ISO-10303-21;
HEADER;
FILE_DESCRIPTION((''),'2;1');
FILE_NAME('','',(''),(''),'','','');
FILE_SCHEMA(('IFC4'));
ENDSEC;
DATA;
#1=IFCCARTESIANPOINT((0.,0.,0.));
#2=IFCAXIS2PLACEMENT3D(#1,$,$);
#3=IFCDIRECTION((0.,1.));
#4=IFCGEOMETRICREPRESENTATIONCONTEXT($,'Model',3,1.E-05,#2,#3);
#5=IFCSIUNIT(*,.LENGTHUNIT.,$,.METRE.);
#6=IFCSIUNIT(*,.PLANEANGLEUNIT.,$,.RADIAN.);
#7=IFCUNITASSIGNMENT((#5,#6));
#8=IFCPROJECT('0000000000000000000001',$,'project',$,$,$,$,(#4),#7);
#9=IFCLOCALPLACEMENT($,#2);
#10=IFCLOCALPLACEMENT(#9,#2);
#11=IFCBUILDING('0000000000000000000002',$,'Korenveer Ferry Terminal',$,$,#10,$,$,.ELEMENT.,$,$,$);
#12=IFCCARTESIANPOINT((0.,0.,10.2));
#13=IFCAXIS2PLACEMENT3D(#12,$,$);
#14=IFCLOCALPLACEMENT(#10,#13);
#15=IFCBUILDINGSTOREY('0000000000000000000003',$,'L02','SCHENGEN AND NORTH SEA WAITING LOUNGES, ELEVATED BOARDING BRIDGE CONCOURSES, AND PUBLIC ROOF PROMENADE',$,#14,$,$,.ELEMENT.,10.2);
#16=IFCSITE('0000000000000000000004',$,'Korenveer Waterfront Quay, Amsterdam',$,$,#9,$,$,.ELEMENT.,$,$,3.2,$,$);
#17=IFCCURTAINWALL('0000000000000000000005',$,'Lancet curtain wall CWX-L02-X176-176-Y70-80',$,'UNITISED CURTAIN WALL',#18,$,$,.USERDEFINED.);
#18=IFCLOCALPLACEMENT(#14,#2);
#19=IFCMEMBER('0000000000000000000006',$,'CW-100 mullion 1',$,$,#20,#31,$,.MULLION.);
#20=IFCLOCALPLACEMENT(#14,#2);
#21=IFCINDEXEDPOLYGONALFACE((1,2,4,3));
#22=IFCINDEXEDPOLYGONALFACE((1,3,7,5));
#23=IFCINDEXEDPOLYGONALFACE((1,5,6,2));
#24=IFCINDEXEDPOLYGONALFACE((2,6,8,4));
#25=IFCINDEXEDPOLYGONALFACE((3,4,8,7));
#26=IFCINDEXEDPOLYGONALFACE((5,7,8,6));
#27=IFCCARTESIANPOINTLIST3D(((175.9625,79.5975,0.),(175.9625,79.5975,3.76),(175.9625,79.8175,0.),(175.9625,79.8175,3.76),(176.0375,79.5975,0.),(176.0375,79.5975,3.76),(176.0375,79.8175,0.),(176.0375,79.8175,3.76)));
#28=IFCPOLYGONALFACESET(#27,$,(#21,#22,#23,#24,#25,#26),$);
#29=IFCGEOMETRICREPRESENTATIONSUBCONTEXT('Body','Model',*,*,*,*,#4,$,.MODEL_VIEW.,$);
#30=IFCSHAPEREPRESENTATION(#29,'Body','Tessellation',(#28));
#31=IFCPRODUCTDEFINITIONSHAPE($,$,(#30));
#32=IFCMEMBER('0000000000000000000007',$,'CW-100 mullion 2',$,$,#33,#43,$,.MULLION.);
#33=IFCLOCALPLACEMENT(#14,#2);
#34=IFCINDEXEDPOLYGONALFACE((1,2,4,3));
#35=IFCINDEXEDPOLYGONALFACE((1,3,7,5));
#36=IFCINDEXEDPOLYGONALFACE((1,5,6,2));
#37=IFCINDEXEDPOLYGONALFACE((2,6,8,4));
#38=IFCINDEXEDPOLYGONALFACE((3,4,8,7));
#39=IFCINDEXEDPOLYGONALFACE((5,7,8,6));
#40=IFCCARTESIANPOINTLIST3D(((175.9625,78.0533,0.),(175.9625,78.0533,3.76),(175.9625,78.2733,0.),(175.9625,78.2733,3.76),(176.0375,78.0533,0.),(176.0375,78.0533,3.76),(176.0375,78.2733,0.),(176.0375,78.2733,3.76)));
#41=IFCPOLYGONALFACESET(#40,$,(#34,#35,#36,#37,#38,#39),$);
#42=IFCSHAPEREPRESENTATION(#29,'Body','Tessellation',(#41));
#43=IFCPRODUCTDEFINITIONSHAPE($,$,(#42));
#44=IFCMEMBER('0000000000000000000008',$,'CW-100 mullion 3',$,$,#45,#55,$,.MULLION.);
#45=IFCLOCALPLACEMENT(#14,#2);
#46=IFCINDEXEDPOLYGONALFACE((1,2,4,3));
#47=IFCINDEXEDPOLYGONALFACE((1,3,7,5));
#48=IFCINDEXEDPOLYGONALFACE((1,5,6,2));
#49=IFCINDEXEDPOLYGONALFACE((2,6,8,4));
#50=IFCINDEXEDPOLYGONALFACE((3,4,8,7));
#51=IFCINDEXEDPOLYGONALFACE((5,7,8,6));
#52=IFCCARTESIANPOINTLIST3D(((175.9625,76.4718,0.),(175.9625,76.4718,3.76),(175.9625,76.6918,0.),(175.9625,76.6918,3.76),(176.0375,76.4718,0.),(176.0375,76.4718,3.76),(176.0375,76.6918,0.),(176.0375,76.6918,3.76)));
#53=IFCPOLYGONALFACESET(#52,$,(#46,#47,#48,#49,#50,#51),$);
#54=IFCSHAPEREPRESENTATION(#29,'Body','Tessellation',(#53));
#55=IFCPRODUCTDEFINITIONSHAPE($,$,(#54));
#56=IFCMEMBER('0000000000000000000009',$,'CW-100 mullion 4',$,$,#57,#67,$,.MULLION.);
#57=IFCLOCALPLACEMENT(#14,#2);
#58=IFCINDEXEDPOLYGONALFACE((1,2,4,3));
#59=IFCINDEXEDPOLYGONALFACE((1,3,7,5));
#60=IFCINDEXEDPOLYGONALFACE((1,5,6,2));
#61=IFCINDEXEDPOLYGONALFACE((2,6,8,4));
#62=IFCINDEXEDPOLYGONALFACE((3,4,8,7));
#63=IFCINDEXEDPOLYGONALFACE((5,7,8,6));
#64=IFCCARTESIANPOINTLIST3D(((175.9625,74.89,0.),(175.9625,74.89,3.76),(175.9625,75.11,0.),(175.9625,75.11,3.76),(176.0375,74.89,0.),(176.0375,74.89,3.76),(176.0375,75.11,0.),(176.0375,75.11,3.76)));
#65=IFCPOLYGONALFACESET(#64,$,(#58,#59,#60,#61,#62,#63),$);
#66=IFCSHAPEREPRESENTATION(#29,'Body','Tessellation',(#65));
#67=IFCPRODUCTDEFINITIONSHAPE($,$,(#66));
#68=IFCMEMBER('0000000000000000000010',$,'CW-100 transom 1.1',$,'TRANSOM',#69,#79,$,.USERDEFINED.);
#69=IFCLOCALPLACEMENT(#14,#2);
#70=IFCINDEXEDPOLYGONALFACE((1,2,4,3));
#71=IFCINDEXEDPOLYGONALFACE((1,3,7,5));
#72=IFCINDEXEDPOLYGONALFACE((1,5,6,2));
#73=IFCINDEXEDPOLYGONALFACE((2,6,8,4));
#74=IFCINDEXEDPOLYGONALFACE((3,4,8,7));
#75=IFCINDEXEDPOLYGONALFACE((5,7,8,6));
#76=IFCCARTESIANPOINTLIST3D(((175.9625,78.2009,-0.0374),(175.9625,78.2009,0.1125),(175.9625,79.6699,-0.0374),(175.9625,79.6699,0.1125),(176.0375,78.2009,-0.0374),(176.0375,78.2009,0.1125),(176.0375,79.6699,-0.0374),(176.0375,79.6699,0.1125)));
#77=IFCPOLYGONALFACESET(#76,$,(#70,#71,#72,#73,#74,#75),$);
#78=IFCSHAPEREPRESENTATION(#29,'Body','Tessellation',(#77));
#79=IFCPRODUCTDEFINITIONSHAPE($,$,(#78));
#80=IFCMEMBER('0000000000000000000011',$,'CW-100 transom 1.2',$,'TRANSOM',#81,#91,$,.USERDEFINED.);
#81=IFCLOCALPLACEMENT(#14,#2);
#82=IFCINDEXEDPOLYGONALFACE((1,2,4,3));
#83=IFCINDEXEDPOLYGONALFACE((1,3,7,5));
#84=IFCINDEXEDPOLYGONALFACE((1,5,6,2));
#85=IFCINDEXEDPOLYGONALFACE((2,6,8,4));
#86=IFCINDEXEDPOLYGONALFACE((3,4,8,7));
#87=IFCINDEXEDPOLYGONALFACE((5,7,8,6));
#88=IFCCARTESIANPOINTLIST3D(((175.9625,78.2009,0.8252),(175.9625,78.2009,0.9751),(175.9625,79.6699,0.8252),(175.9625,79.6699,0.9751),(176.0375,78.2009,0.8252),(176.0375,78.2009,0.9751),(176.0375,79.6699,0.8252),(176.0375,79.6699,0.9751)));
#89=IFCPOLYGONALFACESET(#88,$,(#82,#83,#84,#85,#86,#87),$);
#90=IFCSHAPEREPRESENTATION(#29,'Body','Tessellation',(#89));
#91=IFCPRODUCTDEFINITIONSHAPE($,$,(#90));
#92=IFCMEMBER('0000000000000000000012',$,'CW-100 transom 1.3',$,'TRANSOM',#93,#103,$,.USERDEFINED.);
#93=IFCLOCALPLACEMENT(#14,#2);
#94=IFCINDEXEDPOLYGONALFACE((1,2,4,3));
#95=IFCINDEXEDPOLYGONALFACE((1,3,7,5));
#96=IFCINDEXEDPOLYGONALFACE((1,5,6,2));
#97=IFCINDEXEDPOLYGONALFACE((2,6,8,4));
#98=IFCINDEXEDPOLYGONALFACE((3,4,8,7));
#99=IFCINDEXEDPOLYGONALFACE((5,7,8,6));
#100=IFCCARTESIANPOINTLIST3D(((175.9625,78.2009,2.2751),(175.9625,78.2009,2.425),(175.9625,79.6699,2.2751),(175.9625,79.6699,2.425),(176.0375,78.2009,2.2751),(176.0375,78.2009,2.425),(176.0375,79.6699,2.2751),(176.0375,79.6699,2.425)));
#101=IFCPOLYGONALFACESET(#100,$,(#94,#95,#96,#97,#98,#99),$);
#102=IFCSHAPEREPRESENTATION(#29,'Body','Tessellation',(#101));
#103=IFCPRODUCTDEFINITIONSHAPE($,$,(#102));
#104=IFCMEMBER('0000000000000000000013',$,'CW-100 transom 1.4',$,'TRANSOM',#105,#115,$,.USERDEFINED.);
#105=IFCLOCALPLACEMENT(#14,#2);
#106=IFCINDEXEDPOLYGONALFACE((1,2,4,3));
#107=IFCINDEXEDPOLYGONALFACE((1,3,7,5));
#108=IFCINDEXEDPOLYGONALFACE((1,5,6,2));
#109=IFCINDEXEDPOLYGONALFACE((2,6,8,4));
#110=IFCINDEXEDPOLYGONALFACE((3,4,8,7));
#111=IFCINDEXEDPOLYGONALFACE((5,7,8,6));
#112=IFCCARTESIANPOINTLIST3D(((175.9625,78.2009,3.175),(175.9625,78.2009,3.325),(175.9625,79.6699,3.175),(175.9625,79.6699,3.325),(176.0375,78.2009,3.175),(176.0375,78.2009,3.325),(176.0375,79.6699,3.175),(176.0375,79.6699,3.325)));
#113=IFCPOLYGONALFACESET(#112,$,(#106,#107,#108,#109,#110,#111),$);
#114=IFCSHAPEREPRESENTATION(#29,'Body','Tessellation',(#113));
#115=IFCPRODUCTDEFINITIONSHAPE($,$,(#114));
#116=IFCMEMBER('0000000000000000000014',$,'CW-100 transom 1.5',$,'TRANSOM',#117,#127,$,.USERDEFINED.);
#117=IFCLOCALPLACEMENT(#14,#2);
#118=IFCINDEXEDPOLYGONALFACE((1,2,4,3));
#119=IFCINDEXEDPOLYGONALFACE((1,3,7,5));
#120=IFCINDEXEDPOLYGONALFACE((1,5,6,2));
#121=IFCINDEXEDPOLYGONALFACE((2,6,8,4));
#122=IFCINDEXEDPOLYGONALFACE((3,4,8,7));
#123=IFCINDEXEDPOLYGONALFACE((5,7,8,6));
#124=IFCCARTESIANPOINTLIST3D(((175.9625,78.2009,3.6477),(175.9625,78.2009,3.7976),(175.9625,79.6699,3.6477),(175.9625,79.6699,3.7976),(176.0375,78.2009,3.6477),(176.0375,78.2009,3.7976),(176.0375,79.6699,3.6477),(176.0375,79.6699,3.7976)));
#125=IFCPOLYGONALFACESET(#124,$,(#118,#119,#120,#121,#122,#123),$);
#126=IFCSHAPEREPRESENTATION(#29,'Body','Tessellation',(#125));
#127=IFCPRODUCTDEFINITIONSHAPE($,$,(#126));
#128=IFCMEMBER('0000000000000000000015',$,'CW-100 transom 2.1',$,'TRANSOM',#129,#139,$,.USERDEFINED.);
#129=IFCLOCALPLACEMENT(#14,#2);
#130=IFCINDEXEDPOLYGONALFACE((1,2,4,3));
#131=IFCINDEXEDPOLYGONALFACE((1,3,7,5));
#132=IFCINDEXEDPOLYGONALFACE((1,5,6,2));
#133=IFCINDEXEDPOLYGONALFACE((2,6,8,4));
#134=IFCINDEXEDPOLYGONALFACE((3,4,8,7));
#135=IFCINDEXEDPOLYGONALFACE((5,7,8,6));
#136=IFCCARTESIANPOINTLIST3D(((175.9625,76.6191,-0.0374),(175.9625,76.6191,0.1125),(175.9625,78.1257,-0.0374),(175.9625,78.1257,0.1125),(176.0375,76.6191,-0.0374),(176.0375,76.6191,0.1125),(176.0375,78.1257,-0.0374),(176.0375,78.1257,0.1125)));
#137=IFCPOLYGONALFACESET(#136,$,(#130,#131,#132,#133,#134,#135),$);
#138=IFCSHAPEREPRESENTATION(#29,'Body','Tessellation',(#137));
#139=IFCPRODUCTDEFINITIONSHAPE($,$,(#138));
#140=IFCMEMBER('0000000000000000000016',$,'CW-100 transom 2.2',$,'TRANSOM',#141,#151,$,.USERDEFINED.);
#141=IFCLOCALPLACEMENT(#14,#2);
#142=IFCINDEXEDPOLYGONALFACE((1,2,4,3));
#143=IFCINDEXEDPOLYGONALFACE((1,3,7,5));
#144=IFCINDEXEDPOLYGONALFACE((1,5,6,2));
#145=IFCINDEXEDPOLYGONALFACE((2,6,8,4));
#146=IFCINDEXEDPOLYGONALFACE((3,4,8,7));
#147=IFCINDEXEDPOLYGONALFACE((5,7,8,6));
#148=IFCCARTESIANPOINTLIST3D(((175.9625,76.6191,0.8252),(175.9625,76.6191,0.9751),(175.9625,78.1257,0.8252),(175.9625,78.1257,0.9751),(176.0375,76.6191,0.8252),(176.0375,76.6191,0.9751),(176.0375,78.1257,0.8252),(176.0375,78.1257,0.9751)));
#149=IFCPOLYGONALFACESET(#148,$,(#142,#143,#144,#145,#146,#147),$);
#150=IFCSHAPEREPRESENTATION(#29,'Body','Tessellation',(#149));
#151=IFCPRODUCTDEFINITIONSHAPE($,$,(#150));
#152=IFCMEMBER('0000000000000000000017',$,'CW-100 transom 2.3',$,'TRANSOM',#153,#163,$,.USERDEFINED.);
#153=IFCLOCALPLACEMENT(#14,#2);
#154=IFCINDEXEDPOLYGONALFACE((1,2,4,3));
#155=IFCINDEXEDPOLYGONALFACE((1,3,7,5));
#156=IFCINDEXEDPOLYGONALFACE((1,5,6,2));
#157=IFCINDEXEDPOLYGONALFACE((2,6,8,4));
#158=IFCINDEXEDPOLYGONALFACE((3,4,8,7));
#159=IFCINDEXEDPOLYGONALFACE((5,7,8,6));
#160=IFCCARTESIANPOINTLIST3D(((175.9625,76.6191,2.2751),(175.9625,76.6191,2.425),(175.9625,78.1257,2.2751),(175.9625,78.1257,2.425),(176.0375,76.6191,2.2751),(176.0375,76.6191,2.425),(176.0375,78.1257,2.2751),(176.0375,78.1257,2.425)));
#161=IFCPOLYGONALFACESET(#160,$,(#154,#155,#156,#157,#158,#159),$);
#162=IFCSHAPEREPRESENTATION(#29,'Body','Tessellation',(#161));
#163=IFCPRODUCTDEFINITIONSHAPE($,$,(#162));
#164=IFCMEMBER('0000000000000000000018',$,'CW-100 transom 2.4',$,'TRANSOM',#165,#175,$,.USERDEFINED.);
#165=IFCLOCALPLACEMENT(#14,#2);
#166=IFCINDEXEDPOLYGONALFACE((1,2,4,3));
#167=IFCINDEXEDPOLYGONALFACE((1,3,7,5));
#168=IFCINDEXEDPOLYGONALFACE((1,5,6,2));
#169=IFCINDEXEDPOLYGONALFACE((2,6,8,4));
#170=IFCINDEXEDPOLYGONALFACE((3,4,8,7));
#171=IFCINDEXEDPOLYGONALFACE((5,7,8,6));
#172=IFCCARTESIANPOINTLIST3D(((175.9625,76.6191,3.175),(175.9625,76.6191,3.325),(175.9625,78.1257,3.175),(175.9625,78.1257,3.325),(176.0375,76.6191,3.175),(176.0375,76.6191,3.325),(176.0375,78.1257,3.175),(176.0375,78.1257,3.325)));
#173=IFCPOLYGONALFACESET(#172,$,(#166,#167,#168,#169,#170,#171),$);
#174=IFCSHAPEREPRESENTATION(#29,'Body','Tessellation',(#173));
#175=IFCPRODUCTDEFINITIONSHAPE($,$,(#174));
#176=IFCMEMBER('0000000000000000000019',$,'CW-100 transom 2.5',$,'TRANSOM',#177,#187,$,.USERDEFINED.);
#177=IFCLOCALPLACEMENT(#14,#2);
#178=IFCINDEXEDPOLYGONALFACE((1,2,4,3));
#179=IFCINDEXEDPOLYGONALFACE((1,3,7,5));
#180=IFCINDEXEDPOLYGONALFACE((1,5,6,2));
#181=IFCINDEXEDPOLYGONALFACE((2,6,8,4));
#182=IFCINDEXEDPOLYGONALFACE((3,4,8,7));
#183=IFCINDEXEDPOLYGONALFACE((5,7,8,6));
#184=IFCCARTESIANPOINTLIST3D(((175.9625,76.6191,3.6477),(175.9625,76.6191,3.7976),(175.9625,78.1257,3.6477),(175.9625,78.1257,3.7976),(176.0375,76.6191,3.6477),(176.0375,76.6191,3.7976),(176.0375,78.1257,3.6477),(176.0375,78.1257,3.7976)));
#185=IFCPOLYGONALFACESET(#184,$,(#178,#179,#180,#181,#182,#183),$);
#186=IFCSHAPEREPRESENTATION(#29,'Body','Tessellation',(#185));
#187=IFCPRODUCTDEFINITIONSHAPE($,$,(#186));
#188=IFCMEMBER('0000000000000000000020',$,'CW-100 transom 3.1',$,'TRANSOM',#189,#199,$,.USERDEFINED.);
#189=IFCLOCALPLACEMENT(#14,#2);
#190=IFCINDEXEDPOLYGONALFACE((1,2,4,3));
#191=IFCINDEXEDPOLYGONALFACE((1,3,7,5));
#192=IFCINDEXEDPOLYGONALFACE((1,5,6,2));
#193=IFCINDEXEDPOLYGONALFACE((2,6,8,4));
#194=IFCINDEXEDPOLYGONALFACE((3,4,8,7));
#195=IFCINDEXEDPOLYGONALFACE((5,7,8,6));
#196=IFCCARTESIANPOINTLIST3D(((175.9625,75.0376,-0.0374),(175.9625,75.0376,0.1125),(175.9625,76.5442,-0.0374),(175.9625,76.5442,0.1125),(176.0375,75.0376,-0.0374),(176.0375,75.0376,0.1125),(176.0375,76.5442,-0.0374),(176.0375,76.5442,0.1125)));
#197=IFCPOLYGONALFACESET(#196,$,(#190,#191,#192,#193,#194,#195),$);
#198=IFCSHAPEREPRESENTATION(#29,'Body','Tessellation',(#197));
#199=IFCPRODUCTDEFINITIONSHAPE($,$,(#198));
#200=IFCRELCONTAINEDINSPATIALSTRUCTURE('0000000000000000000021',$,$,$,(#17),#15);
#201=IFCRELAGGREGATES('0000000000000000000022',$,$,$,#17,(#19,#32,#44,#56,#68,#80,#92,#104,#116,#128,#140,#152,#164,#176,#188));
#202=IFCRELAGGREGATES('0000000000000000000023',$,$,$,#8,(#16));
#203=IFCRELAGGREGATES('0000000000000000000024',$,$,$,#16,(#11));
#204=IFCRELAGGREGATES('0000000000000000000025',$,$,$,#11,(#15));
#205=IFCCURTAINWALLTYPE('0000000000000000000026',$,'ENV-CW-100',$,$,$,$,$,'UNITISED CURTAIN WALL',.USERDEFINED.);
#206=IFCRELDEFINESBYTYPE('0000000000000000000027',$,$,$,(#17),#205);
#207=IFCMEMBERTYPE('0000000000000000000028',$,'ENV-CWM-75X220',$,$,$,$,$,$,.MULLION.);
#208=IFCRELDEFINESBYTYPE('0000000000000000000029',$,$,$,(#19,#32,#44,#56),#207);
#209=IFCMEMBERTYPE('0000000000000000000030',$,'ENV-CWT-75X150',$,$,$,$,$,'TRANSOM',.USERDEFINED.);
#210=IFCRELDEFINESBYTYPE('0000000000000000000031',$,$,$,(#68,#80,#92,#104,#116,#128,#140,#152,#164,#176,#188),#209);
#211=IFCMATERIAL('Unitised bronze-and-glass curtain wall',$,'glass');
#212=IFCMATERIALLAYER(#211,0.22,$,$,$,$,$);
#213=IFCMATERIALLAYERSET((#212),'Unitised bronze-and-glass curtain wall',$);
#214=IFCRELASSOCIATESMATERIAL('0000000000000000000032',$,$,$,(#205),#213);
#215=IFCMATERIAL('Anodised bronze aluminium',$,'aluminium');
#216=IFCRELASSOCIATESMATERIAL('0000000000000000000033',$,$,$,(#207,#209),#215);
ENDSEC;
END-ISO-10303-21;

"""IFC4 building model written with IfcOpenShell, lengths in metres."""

from ifc_helpers import new_model, si_unit, direction, frame, origin, origin_2d, place, context, subcontext, project, spatial, rectangle, extrude, material, layer, layer_set, material_profile, profile_set, type_object, element, aggregate, save


model = new_model("IFC4")

# Units and contexts
model_context = context("Model", 3, precision=1e-05, world=origin(), true_north=direction((0.0, 1.0)))
body_context = subcontext(model_context, "Body", "Model", "MODEL_VIEW")
ifc_project = project(units=[si_unit("LENGTHUNIT", "METRE"), si_unit("PLANEANGLEUNIT", "RADIAN")], contexts=[model_context])

# Site, building, storey
site_placement = place(None, origin())
site = spatial("IfcSite", under=ifc_project, at=site_placement, Name="Korenveer Waterfront Quay, Amsterdam", CompositionType="ELEMENT", RefElevation=3.2)
building_placement = place(site_placement, origin())
building = spatial("IfcBuilding", under=site, at=building_placement, Name="Korenveer Ferry Terminal", CompositionType="ELEMENT")
storey_placement = place(building_placement, frame((0.0, 0.0, 10.2)))
storey = spatial("IfcBuildingStorey", under=building, at=storey_placement, Name="L02", Description="SCHENGEN AND NORTH SEA WAITING LOUNGES, ELEVATED BOARDING BRIDGE CONCOURSES, AND PUBLIC ROOF PROMENADE", CompositionType="ELEMENT", Elevation=10.2)

# Curtain wall, members
ifc_material_1 = material(Name="Unitised bronze-and-glass curtain wall", Category="glass")
ifc_layer_1 = layer(ifc_material_1, 0.22)
ifc_layer_set_1 = layer_set([ifc_layer_1], Name="Unitised bronze-and-glass curtain wall")
curtain_wall_type = type_object("IfcCurtainWallType", Name="ENV-CW-100", ElementType="UNITISED CURTAIN WALL", PredefinedType="USERDEFINED", material=ifc_layer_set_1)
curtain_wall_placement = place(storey_placement, frame((176.0, 79.7451, 0.0)))
curtain_wall = element("IfcCurtainWall", 1, at=curtain_wall_placement, inside=storey, type_object=curtain_wall_type, Name="Lancet curtain wall CWX-L02-X176-176-Y70-80", ObjectType="UNITISED CURTAIN WALL", PredefinedType="USERDEFINED")
ifc_material_2 = material(Name="Anodised bronze aluminium", Category="aluminium")
ifc_material_profile_1 = material_profile(ifc_material_2, rectangle(XDim=0.075, YDim=0.22, at=origin_2d()), Name="ALU 75x220")
ifc_profile_set_1 = profile_set([ifc_material_profile_1], Name="Anodised bronze aluminium")
member_type_1 = type_object("IfcMemberType", Name="ENV-CWM-75X220", PredefinedType="MULLION", material=ifc_profile_set_1)
member_1_placement = place(storey_placement, frame((176.0, 79.7075, 0.0), z_axis=(0.0, 0.0, 1.0), x_axis=(1.0, 0.0, 0.0)))
member_1 = element("IfcMember", 2, at=member_1_placement, type_object=member_type_1, Name="CW-100 mullion 1", PredefinedType="MULLION", context=body_context, shape_type="SweptSolid", body=[
    extrude(rectangle(XDim=0.075, YDim=0.22, at=origin_2d()), origin(), (0.0, 0.0, 1.0), 3.76),
])
member_2_placement = place(storey_placement, frame((176.0, 78.1633, 0.0), z_axis=(0.0, 0.0, 1.0), x_axis=(1.0, 0.0, 0.0)))
member_2 = element("IfcMember", 3, at=member_2_placement, type_object=member_type_1, Name="CW-100 mullion 2", PredefinedType="MULLION", context=body_context, shape_type="SweptSolid", body=[
    extrude(rectangle(XDim=0.075, YDim=0.22, at=origin_2d()), origin(), (0.0, 0.0, 1.0), 3.76),
])
member_3_placement = place(storey_placement, frame((176.0, 76.5818, 0.0), z_axis=(0.0, 0.0, 1.0), x_axis=(1.0, 0.0, 0.0)))
member_3 = element("IfcMember", 4, at=member_3_placement, type_object=member_type_1, Name="CW-100 mullion 3", PredefinedType="MULLION", context=body_context, shape_type="SweptSolid", body=[
    extrude(rectangle(XDim=0.075, YDim=0.22, at=origin_2d()), origin(), (0.0, 0.0, 1.0), 3.76),
])
member_4_placement = place(storey_placement, frame((176.0, 75.0, 0.0), z_axis=(0.0, 0.0, 1.0), x_axis=(1.0, 0.0, 0.0)))
member_4 = element("IfcMember", 5, at=member_4_placement, type_object=member_type_1, Name="CW-100 mullion 4", PredefinedType="MULLION", context=body_context, shape_type="SweptSolid", body=[
    extrude(rectangle(XDim=0.075, YDim=0.22, at=origin_2d()), origin(), (0.0, 0.0, 1.0), 3.76),
])
ifc_material_profile_2 = material_profile(ifc_material_2, rectangle(XDim=0.075, YDim=0.1499, at=origin_2d()), Name="ALU 75x150")
ifc_profile_set_2 = profile_set([ifc_material_profile_2], Name="Anodised bronze aluminium")
member_type_2 = type_object("IfcMemberType", Name="ENV-CWT-75X150", ElementType="TRANSOM", PredefinedType="USERDEFINED", material=ifc_profile_set_2)
member_5_placement = place(storey_placement, frame((176.0, 79.6699, 0.0376), z_axis=(0.0, -1.0, 0.0), x_axis=(1.0, 0.0, 0.0)))
member_5 = element("IfcMember", 6, at=member_5_placement, type_object=member_type_2, Name="CW-100 transom 1.1", ObjectType="TRANSOM", PredefinedType="USERDEFINED", context=body_context, shape_type="SweptSolid", body=[
    extrude(rectangle(XDim=0.075, YDim=0.1499, at=origin_2d()), origin(), (0.0, 0.0, 1.0), 1.469),
])
member_6_placement = place(storey_placement, frame((176.0, 79.6699, 0.9001), z_axis=(0.0, -1.0, 0.0), x_axis=(1.0, 0.0, 0.0)))
member_6 = element("IfcMember", 7, at=member_6_placement, type_object=member_type_2, Name="CW-100 transom 1.2", ObjectType="TRANSOM", PredefinedType="USERDEFINED", context=body_context, shape_type="SweptSolid", body=[
    extrude(rectangle(XDim=0.075, YDim=0.1499, at=origin_2d()), origin(), (0.0, 0.0, 1.0), 1.469),
])
member_7_placement = place(storey_placement, frame((176.0, 79.6699, 2.3501), z_axis=(0.0, -1.0, 0.0), x_axis=(1.0, 0.0, 0.0)))
member_7 = element("IfcMember", 8, at=member_7_placement, type_object=member_type_2, Name="CW-100 transom 1.3", ObjectType="TRANSOM", PredefinedType="USERDEFINED", context=body_context, shape_type="SweptSolid", body=[
    extrude(rectangle(XDim=0.075, YDim=0.1499, at=origin_2d()), origin(), (0.0, 0.0, 1.0), 1.469),
])
member_8_placement = place(storey_placement, frame((176.0, 79.6699, 3.25), z_axis=(0.0, -1.0, 0.0), x_axis=(1.0, 0.0, 0.0)))
member_8 = element("IfcMember", 9, at=member_8_placement, type_object=member_type_2, Name="CW-100 transom 1.4", ObjectType="TRANSOM", PredefinedType="USERDEFINED", context=body_context, shape_type="SweptSolid", body=[
    extrude(rectangle(XDim=0.075, YDim=0.1499, at=origin_2d()), origin(), (0.0, 0.0, 1.0), 1.469),
])
member_9_placement = place(storey_placement, frame((176.0, 79.6699, 3.7227), z_axis=(0.0, -1.0, 0.0), x_axis=(1.0, 0.0, 0.0)))
member_9 = element("IfcMember", 10, at=member_9_placement, type_object=member_type_2, Name="CW-100 transom 1.5", ObjectType="TRANSOM", PredefinedType="USERDEFINED", context=body_context, shape_type="SweptSolid", body=[
    extrude(rectangle(XDim=0.075, YDim=0.1499, at=origin_2d()), origin(), (0.0, 0.0, 1.0), 1.469),
])
member_10_placement = place(storey_placement, frame((176.0, 78.1257, 0.0376), z_axis=(0.0, -1.0, 0.0), x_axis=(1.0, 0.0, 0.0)))
member_10 = element("IfcMember", 11, at=member_10_placement, type_object=member_type_2, Name="CW-100 transom 2.1", ObjectType="TRANSOM", PredefinedType="USERDEFINED", context=body_context, shape_type="SweptSolid", body=[
    extrude(rectangle(XDim=0.075, YDim=0.1499, at=origin_2d()), origin(), (0.0, 0.0, 1.0), 1.5066),
])
member_11_placement = place(storey_placement, frame((176.0, 78.1257, 0.9001), z_axis=(0.0, -1.0, 0.0), x_axis=(1.0, 0.0, 0.0)))
member_11 = element("IfcMember", 12, at=member_11_placement, type_object=member_type_2, Name="CW-100 transom 2.2", ObjectType="TRANSOM", PredefinedType="USERDEFINED", context=body_context, shape_type="SweptSolid", body=[
    extrude(rectangle(XDim=0.075, YDim=0.1499, at=origin_2d()), origin(), (0.0, 0.0, 1.0), 1.5066),
])
member_12_placement = place(storey_placement, frame((176.0, 78.1257, 2.3501), z_axis=(0.0, -1.0, 0.0), x_axis=(1.0, 0.0, 0.0)))
member_12 = element("IfcMember", 13, at=member_12_placement, type_object=member_type_2, Name="CW-100 transom 2.3", ObjectType="TRANSOM", PredefinedType="USERDEFINED", context=body_context, shape_type="SweptSolid", body=[
    extrude(rectangle(XDim=0.075, YDim=0.1499, at=origin_2d()), origin(), (0.0, 0.0, 1.0), 1.5066),
])
member_13_placement = place(storey_placement, frame((176.0, 78.1257, 3.25), z_axis=(0.0, -1.0, 0.0), x_axis=(1.0, 0.0, 0.0)))
member_13 = element("IfcMember", 14, at=member_13_placement, type_object=member_type_2, Name="CW-100 transom 2.4", ObjectType="TRANSOM", PredefinedType="USERDEFINED", context=body_context, shape_type="SweptSolid", body=[
    extrude(rectangle(XDim=0.075, YDim=0.1499, at=origin_2d()), origin(), (0.0, 0.0, 1.0), 1.5066),
])
member_14_placement = place(storey_placement, frame((176.0, 78.1257, 3.7227), z_axis=(0.0, -1.0, 0.0), x_axis=(1.0, 0.0, 0.0)))
member_14 = element("IfcMember", 15, at=member_14_placement, type_object=member_type_2, Name="CW-100 transom 2.5", ObjectType="TRANSOM", PredefinedType="USERDEFINED", context=body_context, shape_type="SweptSolid", body=[
    extrude(rectangle(XDim=0.075, YDim=0.1499, at=origin_2d()), origin(), (0.0, 0.0, 1.0), 1.5066),
])
member_15_placement = place(storey_placement, frame((176.0, 76.5442, 0.0376), z_axis=(0.0, -1.0, 0.0), x_axis=(1.0, 0.0, 0.0)))
member_15 = element("IfcMember", 16, at=member_15_placement, type_object=member_type_2, Name="CW-100 transom 3.1", ObjectType="TRANSOM", PredefinedType="USERDEFINED", context=body_context, shape_type="SweptSolid", body=[
    extrude(rectangle(XDim=0.075, YDim=0.1499, at=origin_2d()), origin(), (0.0, 0.0, 1.0), 1.5066),
])
aggregate(curtain_wall, [member_1, member_2, member_3, member_4, member_5, member_6, member_7, member_8, member_9, member_10, member_11, member_12, member_13, member_14, member_15])

save(model, "model.ifc")
